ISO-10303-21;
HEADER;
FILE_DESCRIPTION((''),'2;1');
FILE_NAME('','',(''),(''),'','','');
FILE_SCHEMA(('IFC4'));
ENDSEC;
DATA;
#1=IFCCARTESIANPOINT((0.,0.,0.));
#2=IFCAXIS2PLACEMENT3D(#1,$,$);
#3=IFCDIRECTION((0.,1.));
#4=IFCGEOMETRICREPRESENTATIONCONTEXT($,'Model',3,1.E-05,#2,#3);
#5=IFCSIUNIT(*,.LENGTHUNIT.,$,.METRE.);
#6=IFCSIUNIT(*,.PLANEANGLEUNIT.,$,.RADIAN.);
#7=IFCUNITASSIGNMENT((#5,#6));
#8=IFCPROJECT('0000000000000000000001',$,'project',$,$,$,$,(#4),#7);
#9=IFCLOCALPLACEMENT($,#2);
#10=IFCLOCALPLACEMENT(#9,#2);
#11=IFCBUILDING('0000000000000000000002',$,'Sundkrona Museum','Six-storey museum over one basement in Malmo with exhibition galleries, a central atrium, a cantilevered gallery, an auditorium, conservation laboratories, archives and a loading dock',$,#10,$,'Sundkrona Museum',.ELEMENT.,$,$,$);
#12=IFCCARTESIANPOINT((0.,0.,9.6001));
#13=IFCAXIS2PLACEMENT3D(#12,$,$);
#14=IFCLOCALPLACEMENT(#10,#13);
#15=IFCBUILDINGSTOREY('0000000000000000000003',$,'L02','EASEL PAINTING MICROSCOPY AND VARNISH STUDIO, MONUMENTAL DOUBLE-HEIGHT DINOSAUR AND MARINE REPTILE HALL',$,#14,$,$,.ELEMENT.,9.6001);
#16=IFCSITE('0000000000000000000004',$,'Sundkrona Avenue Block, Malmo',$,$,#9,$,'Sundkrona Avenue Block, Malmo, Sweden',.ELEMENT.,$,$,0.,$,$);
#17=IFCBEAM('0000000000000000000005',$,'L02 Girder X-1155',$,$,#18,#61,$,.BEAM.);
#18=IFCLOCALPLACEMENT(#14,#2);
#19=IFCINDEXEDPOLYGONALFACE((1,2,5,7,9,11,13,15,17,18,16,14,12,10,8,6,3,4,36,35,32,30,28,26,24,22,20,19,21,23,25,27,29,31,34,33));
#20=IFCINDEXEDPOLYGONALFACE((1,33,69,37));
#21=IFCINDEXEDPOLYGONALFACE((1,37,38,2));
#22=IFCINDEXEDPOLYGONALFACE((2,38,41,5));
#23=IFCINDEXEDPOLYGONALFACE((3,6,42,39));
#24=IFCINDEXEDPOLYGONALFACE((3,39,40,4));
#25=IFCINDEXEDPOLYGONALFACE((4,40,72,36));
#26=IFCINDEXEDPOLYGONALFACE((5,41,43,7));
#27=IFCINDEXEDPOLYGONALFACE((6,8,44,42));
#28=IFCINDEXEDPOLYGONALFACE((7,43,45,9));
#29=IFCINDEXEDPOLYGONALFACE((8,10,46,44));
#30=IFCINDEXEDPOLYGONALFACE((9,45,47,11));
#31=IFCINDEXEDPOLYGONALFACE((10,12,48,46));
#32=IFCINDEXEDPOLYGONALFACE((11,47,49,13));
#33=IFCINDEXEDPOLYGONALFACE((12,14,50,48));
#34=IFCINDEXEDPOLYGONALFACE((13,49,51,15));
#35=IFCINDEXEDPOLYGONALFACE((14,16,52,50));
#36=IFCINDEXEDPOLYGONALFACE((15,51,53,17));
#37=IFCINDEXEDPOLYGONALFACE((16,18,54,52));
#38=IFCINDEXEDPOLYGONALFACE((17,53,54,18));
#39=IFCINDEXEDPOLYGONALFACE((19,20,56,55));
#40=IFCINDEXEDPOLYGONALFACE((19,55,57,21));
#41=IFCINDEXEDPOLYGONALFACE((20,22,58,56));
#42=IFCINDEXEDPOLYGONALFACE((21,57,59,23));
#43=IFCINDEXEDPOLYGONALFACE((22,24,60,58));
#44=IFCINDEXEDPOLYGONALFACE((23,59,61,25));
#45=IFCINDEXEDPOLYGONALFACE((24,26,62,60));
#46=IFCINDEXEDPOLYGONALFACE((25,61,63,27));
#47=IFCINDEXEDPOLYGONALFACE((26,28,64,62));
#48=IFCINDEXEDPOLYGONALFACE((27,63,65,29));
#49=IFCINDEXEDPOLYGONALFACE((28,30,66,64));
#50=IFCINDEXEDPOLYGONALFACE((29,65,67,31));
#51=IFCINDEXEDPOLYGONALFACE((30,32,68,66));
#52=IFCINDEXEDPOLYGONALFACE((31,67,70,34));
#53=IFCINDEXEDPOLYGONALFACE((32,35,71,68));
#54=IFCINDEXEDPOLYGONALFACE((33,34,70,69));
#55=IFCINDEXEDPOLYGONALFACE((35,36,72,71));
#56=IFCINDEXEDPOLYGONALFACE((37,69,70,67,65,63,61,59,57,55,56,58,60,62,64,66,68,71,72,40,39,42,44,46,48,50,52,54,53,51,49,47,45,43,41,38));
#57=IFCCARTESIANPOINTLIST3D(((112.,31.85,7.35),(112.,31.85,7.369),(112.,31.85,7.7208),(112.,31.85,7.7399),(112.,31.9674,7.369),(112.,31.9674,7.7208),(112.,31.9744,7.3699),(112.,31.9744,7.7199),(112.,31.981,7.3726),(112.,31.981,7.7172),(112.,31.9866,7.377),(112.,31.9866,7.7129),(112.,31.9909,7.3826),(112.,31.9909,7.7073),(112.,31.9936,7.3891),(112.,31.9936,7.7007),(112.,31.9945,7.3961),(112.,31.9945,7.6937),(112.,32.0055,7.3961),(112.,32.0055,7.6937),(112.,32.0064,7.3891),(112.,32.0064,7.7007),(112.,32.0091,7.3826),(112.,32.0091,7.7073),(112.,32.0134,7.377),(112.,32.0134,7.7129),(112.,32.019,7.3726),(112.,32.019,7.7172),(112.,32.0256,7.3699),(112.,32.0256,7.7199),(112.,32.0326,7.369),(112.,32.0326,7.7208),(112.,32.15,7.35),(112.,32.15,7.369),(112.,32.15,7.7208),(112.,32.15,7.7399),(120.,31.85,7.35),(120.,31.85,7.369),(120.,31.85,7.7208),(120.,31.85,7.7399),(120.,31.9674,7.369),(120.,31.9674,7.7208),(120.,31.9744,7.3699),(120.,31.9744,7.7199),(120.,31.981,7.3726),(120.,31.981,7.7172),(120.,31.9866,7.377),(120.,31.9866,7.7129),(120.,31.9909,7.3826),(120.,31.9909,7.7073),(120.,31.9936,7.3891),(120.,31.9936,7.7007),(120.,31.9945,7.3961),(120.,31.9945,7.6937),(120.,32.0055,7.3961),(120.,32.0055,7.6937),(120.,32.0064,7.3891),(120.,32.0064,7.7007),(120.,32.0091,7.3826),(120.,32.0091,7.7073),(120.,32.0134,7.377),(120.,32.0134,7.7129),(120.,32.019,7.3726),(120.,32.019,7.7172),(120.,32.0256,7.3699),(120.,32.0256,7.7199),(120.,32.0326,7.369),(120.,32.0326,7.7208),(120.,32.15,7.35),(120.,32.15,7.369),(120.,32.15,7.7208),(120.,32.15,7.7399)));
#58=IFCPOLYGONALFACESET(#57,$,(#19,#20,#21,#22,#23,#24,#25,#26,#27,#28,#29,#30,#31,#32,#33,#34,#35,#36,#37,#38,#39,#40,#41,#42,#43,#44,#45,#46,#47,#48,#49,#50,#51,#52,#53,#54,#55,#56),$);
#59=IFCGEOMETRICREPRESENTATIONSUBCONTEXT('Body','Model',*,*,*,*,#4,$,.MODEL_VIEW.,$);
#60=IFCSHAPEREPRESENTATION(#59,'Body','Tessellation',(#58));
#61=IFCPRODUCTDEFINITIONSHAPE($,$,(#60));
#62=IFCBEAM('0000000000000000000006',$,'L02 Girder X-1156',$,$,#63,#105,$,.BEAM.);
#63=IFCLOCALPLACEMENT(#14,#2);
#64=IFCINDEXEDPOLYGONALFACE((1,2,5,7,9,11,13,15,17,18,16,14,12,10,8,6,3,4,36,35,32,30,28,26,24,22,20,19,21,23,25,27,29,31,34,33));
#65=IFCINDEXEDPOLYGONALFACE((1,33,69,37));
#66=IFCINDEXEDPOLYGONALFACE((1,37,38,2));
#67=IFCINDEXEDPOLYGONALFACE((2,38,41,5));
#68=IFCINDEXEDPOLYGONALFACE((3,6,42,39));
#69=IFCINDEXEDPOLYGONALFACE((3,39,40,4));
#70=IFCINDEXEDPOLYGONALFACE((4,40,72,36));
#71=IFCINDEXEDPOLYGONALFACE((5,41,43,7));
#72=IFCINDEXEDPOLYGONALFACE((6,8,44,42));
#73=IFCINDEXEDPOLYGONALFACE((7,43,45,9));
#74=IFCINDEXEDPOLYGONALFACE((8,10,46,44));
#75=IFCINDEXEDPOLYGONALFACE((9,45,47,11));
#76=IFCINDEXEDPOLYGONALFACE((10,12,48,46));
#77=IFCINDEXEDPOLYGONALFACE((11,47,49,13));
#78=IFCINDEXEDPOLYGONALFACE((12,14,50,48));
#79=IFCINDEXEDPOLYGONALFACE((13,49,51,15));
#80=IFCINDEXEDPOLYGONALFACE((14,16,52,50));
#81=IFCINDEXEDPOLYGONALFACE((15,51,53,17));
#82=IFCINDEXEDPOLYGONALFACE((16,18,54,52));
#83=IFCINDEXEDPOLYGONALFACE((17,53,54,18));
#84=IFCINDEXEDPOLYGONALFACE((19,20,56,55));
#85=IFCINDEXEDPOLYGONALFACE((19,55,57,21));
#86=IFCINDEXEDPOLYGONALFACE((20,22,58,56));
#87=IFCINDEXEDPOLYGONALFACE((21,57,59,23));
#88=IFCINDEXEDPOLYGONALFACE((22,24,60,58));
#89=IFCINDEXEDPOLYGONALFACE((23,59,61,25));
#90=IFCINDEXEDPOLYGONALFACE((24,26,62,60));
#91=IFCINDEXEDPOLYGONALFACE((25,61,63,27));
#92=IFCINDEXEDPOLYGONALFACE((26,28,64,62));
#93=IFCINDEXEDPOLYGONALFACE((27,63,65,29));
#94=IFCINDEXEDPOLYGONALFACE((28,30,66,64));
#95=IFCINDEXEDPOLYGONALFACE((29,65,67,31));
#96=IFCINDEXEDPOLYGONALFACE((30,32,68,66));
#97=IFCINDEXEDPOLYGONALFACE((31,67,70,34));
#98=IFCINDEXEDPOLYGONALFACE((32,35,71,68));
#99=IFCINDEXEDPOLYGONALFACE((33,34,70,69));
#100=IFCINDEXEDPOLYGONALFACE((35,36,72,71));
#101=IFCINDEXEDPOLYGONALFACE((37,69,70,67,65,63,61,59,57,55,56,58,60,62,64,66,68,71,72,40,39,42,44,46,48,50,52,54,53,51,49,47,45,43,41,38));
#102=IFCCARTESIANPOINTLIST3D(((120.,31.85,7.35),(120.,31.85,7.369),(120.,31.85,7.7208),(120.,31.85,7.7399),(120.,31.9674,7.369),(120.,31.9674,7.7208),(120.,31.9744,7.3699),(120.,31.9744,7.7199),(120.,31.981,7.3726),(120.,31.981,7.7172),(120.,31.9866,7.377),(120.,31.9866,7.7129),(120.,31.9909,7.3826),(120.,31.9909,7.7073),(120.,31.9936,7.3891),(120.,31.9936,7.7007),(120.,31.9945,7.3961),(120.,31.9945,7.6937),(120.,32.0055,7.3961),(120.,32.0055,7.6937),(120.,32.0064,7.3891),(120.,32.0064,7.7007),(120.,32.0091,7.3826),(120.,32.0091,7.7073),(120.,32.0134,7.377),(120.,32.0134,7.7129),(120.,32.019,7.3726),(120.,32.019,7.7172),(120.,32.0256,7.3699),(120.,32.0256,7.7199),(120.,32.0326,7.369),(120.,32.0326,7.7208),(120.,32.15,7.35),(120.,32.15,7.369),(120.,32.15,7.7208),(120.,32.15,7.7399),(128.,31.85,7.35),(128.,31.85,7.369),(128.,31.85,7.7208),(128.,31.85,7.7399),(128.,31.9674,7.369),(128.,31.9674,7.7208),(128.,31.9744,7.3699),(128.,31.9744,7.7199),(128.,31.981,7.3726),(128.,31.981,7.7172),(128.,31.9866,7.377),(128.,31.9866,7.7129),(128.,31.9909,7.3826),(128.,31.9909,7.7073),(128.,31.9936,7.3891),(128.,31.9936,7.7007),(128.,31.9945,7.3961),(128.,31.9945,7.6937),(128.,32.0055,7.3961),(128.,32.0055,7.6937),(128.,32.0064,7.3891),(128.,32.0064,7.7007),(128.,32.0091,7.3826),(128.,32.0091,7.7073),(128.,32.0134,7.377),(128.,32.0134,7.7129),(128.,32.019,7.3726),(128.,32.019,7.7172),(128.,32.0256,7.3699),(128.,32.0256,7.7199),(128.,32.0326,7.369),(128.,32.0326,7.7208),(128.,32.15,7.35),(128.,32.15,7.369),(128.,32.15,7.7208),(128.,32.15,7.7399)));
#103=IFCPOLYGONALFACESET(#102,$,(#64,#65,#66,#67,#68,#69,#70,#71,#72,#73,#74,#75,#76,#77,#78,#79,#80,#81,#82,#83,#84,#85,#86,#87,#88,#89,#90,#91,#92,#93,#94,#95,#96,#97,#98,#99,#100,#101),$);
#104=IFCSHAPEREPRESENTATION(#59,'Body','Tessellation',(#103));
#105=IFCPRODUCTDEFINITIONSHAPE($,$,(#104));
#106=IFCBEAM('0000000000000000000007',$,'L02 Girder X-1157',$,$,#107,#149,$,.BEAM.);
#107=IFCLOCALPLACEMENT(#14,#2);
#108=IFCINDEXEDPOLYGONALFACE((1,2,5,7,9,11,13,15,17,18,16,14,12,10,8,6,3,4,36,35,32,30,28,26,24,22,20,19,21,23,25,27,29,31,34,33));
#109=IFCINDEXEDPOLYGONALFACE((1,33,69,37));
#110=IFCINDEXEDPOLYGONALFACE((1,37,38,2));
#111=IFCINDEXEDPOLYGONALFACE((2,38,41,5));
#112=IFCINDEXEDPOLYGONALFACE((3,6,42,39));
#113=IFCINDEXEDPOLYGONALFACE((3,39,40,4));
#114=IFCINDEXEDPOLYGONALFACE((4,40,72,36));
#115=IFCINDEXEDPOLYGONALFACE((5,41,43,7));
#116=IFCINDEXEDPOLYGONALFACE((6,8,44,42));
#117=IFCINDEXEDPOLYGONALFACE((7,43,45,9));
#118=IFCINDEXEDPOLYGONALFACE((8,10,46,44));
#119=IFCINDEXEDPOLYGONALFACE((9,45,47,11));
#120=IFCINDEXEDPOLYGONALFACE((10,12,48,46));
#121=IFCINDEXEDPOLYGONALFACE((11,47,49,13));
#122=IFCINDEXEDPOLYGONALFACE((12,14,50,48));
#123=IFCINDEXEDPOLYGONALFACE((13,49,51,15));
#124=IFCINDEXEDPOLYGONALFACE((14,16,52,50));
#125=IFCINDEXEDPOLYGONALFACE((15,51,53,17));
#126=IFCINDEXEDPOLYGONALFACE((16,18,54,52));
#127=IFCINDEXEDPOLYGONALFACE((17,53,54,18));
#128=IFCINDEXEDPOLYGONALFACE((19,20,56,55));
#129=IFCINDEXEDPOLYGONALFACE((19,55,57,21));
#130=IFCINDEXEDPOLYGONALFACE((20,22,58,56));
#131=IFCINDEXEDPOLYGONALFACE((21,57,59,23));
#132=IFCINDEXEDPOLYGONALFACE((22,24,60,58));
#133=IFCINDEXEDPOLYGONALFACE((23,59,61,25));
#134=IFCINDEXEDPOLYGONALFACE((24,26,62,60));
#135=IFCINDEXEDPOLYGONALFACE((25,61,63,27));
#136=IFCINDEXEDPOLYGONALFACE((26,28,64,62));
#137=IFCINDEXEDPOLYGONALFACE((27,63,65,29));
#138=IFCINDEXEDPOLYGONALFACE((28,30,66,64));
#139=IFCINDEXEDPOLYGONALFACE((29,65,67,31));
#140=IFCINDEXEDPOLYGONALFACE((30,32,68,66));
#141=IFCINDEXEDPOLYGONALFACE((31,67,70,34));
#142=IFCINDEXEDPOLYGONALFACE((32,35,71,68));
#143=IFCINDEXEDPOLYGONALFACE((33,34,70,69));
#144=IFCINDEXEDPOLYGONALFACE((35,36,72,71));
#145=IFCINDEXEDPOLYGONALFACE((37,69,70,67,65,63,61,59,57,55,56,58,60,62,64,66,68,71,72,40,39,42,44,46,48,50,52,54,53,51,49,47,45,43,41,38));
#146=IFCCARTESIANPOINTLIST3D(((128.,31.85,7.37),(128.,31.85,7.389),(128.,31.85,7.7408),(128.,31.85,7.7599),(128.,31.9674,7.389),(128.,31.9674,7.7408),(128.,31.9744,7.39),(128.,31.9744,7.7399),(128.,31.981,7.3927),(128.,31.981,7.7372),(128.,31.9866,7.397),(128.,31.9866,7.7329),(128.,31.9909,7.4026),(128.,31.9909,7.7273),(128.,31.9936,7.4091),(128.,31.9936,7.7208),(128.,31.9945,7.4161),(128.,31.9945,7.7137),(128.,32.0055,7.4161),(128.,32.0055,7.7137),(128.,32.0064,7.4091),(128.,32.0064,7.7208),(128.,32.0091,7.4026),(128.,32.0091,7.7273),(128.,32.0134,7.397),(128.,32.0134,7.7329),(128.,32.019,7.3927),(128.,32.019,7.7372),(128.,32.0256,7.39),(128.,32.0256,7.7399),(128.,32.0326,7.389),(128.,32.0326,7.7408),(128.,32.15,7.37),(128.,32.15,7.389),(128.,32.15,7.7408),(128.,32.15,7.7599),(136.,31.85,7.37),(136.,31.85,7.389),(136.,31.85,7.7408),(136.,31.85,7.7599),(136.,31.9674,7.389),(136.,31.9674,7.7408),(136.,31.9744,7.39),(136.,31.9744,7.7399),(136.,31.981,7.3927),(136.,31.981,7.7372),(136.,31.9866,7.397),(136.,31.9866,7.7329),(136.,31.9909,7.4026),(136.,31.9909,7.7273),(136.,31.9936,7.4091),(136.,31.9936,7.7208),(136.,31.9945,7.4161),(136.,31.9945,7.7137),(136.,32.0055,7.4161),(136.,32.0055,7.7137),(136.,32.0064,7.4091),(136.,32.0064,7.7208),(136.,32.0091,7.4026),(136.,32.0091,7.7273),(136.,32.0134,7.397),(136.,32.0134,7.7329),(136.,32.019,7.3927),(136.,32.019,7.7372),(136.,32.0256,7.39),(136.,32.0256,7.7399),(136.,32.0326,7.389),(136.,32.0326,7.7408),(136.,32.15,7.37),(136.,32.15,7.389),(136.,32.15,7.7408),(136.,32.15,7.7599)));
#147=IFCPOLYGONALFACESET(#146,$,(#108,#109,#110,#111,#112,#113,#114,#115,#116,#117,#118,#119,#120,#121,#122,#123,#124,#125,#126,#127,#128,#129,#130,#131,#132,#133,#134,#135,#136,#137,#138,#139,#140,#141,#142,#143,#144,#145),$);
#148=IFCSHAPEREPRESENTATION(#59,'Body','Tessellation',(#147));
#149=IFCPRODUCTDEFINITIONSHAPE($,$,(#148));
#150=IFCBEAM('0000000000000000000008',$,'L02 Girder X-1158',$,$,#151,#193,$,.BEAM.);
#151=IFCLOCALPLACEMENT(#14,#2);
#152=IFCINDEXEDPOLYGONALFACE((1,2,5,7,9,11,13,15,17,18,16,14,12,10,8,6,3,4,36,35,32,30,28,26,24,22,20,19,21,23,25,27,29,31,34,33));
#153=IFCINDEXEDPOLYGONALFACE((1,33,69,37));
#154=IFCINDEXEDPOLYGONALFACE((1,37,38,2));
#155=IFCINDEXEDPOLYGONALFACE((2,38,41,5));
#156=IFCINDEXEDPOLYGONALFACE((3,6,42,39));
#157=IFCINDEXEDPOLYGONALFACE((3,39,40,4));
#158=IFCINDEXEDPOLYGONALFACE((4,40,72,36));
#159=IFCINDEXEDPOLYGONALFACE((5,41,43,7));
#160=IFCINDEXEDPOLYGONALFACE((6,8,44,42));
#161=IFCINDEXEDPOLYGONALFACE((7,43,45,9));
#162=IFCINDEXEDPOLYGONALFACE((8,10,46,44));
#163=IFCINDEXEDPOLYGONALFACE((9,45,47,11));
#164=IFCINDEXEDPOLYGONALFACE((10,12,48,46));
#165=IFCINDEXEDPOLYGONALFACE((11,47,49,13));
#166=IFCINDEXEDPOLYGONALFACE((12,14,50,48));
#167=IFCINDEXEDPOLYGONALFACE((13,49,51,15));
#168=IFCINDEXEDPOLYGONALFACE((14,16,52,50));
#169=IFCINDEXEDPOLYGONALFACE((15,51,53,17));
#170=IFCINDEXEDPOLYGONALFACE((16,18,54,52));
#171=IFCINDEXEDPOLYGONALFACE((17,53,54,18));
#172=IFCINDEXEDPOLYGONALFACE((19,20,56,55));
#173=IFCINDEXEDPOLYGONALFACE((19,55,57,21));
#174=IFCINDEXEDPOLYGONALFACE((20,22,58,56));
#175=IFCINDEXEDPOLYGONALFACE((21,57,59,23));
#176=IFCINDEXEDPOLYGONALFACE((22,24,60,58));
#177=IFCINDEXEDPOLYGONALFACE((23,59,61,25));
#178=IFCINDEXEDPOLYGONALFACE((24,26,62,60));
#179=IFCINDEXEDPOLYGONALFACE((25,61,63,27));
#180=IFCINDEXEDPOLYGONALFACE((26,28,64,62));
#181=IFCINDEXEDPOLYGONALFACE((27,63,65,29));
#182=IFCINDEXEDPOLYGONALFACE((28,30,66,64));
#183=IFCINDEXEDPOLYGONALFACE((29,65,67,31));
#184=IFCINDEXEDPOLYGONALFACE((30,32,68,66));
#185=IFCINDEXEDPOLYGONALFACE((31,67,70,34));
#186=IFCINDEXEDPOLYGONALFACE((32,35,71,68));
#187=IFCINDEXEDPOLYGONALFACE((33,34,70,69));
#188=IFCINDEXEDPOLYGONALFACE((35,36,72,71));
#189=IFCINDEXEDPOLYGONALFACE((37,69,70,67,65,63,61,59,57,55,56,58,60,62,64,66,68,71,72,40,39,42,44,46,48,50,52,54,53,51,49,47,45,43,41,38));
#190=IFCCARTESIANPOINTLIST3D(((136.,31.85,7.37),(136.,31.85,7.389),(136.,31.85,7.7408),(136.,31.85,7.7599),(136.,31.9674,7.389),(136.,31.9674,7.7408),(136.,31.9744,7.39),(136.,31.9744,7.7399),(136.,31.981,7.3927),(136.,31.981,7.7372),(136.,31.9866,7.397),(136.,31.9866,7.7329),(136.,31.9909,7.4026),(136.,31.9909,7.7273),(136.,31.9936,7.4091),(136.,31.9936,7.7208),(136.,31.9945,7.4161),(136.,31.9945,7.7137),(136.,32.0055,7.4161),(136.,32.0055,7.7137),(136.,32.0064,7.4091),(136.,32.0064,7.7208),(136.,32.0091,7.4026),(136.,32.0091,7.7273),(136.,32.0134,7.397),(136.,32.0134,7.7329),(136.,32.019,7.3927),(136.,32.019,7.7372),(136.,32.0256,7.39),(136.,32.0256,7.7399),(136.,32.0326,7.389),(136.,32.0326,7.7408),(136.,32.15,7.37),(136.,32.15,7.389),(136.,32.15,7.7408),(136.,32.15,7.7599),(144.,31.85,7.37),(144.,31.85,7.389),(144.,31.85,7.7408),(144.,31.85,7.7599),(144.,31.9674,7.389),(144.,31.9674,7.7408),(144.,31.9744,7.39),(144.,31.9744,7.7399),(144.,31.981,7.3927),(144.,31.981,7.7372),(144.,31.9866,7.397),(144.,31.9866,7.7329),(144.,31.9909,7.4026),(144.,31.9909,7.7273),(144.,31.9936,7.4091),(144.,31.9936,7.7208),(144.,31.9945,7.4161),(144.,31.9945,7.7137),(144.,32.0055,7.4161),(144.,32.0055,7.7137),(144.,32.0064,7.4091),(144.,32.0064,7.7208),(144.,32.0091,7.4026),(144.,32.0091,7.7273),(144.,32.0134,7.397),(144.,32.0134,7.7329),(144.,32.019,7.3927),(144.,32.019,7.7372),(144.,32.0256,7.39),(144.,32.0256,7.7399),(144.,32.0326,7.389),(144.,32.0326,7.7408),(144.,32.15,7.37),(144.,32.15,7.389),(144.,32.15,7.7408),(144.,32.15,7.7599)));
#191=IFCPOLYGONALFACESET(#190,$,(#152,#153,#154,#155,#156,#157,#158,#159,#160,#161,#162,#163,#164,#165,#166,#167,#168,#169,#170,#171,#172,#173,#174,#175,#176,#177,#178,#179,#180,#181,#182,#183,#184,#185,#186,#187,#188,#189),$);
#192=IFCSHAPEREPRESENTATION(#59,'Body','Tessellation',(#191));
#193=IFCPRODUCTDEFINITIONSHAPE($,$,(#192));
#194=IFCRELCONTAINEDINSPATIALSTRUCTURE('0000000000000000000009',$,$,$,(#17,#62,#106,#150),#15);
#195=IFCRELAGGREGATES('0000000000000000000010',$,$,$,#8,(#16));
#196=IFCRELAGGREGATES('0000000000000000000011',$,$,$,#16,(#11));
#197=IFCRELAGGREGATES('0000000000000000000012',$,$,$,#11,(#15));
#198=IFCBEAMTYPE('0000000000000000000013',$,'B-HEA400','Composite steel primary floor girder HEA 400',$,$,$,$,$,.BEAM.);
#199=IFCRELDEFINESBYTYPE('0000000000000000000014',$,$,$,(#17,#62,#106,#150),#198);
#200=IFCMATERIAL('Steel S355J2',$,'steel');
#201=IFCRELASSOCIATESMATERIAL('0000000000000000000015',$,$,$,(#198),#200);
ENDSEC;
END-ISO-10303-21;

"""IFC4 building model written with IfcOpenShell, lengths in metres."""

from ifc_helpers import new_model, si_unit, direction, frame, origin, origin_2d, place, context, subcontext, project, spatial, i_section, extrude, material, material_profile, profile_set, type_object, element, save


model = new_model("IFC4")

# Units and contexts
model_context = context("Model", 3, precision=1e-05, world=origin(), true_north=direction((0.0, 1.0)))
body_context = subcontext(model_context, "Body", "Model", "MODEL_VIEW")
ifc_project = project(units=[si_unit("LENGTHUNIT", "METRE"), si_unit("PLANEANGLEUNIT", "RADIAN")], contexts=[model_context])

# Site, building, storey
site_placement = place(None, origin())
site = spatial("IfcSite", under=ifc_project, at=site_placement, Name="Sundkrona Avenue Block, Malmo", LongName="Sundkrona Avenue Block, Malmo, Sweden", CompositionType="ELEMENT", RefElevation=0.0)
building_placement = place(site_placement, origin())
building = spatial("IfcBuilding", under=site, at=building_placement, Name="Sundkrona Museum", Description="Six-storey museum over one basement in Malmo with exhibition galleries, a central atrium, a cantilevered gallery, an auditorium, conservation laboratories, archives and a loading dock", LongName="Sundkrona Museum", CompositionType="ELEMENT")
storey_placement = place(building_placement, frame((0.0, 0.0, 9.6001)))
storey = spatial("IfcBuildingStorey", under=building, at=storey_placement, Name="L02", Description="EASEL PAINTING MICROSCOPY AND VARNISH STUDIO, MONUMENTAL DOUBLE-HEIGHT DINOSAUR AND MARINE REPTILE HALL", CompositionType="ELEMENT", Elevation=9.6001)

# Shared definitions
ifc_material_1 = material(Name="Steel S355J2", Category="steel")

# Beams
ifc_material_profile_1 = material_profile(ifc_material_1, i_section(OverallWidth=0.3, OverallDepth=0.3899, WebThickness=0.011, FlangeThickness=0.019, FilletRadius=0.0271, at=origin_2d()), Name="HEA 400")
ifc_profile_set_1 = profile_set([ifc_material_profile_1], Name="Steel S355J2")
beam_type_1 = type_object("IfcBeamType", Name="B-HEA400", Description="Composite steel primary floor girder HEA 400", PredefinedType="BEAM", material=ifc_profile_set_1)
for number, where, z_axis, x_axis, name in (
    (1, (112.0, 32.0, 7.5449), (1.0, 0.0, 0.0), (0.0, 1.0, 0.0), "L02 Girder X-1155"),
    (2, (120.0, 32.0, 7.5449), (1.0, 0.0, 0.0), (0.0, 1.0, 0.0), "L02 Girder X-1156"),
    (3, (128.0, 32.0, 7.5649), (1.0, 0.0, 0.0), (0.0, 1.0, 0.0), "L02 Girder X-1157"),
    (4, (136.0, 32.0, 7.5649), (1.0, 0.0, 0.0), (0.0, 1.0, 0.0), "L02 Girder X-1158"),
):
    element("IfcBeam", number, at=place(storey_placement, frame(where, z_axis=z_axis, x_axis=x_axis)), inside=storey, type_object=beam_type_1, Name=name, PredefinedType="BEAM", context=body_context, shape_type="SweptSolid", body=[
        extrude(i_section(OverallWidth=0.3, OverallDepth=0.3899, WebThickness=0.011, FlangeThickness=0.019, FilletRadius=0.0271, at=origin_2d()), origin(), (0.0, 0.0, 1.0), 8.0),
    ])

save(model, "model.ifc")
